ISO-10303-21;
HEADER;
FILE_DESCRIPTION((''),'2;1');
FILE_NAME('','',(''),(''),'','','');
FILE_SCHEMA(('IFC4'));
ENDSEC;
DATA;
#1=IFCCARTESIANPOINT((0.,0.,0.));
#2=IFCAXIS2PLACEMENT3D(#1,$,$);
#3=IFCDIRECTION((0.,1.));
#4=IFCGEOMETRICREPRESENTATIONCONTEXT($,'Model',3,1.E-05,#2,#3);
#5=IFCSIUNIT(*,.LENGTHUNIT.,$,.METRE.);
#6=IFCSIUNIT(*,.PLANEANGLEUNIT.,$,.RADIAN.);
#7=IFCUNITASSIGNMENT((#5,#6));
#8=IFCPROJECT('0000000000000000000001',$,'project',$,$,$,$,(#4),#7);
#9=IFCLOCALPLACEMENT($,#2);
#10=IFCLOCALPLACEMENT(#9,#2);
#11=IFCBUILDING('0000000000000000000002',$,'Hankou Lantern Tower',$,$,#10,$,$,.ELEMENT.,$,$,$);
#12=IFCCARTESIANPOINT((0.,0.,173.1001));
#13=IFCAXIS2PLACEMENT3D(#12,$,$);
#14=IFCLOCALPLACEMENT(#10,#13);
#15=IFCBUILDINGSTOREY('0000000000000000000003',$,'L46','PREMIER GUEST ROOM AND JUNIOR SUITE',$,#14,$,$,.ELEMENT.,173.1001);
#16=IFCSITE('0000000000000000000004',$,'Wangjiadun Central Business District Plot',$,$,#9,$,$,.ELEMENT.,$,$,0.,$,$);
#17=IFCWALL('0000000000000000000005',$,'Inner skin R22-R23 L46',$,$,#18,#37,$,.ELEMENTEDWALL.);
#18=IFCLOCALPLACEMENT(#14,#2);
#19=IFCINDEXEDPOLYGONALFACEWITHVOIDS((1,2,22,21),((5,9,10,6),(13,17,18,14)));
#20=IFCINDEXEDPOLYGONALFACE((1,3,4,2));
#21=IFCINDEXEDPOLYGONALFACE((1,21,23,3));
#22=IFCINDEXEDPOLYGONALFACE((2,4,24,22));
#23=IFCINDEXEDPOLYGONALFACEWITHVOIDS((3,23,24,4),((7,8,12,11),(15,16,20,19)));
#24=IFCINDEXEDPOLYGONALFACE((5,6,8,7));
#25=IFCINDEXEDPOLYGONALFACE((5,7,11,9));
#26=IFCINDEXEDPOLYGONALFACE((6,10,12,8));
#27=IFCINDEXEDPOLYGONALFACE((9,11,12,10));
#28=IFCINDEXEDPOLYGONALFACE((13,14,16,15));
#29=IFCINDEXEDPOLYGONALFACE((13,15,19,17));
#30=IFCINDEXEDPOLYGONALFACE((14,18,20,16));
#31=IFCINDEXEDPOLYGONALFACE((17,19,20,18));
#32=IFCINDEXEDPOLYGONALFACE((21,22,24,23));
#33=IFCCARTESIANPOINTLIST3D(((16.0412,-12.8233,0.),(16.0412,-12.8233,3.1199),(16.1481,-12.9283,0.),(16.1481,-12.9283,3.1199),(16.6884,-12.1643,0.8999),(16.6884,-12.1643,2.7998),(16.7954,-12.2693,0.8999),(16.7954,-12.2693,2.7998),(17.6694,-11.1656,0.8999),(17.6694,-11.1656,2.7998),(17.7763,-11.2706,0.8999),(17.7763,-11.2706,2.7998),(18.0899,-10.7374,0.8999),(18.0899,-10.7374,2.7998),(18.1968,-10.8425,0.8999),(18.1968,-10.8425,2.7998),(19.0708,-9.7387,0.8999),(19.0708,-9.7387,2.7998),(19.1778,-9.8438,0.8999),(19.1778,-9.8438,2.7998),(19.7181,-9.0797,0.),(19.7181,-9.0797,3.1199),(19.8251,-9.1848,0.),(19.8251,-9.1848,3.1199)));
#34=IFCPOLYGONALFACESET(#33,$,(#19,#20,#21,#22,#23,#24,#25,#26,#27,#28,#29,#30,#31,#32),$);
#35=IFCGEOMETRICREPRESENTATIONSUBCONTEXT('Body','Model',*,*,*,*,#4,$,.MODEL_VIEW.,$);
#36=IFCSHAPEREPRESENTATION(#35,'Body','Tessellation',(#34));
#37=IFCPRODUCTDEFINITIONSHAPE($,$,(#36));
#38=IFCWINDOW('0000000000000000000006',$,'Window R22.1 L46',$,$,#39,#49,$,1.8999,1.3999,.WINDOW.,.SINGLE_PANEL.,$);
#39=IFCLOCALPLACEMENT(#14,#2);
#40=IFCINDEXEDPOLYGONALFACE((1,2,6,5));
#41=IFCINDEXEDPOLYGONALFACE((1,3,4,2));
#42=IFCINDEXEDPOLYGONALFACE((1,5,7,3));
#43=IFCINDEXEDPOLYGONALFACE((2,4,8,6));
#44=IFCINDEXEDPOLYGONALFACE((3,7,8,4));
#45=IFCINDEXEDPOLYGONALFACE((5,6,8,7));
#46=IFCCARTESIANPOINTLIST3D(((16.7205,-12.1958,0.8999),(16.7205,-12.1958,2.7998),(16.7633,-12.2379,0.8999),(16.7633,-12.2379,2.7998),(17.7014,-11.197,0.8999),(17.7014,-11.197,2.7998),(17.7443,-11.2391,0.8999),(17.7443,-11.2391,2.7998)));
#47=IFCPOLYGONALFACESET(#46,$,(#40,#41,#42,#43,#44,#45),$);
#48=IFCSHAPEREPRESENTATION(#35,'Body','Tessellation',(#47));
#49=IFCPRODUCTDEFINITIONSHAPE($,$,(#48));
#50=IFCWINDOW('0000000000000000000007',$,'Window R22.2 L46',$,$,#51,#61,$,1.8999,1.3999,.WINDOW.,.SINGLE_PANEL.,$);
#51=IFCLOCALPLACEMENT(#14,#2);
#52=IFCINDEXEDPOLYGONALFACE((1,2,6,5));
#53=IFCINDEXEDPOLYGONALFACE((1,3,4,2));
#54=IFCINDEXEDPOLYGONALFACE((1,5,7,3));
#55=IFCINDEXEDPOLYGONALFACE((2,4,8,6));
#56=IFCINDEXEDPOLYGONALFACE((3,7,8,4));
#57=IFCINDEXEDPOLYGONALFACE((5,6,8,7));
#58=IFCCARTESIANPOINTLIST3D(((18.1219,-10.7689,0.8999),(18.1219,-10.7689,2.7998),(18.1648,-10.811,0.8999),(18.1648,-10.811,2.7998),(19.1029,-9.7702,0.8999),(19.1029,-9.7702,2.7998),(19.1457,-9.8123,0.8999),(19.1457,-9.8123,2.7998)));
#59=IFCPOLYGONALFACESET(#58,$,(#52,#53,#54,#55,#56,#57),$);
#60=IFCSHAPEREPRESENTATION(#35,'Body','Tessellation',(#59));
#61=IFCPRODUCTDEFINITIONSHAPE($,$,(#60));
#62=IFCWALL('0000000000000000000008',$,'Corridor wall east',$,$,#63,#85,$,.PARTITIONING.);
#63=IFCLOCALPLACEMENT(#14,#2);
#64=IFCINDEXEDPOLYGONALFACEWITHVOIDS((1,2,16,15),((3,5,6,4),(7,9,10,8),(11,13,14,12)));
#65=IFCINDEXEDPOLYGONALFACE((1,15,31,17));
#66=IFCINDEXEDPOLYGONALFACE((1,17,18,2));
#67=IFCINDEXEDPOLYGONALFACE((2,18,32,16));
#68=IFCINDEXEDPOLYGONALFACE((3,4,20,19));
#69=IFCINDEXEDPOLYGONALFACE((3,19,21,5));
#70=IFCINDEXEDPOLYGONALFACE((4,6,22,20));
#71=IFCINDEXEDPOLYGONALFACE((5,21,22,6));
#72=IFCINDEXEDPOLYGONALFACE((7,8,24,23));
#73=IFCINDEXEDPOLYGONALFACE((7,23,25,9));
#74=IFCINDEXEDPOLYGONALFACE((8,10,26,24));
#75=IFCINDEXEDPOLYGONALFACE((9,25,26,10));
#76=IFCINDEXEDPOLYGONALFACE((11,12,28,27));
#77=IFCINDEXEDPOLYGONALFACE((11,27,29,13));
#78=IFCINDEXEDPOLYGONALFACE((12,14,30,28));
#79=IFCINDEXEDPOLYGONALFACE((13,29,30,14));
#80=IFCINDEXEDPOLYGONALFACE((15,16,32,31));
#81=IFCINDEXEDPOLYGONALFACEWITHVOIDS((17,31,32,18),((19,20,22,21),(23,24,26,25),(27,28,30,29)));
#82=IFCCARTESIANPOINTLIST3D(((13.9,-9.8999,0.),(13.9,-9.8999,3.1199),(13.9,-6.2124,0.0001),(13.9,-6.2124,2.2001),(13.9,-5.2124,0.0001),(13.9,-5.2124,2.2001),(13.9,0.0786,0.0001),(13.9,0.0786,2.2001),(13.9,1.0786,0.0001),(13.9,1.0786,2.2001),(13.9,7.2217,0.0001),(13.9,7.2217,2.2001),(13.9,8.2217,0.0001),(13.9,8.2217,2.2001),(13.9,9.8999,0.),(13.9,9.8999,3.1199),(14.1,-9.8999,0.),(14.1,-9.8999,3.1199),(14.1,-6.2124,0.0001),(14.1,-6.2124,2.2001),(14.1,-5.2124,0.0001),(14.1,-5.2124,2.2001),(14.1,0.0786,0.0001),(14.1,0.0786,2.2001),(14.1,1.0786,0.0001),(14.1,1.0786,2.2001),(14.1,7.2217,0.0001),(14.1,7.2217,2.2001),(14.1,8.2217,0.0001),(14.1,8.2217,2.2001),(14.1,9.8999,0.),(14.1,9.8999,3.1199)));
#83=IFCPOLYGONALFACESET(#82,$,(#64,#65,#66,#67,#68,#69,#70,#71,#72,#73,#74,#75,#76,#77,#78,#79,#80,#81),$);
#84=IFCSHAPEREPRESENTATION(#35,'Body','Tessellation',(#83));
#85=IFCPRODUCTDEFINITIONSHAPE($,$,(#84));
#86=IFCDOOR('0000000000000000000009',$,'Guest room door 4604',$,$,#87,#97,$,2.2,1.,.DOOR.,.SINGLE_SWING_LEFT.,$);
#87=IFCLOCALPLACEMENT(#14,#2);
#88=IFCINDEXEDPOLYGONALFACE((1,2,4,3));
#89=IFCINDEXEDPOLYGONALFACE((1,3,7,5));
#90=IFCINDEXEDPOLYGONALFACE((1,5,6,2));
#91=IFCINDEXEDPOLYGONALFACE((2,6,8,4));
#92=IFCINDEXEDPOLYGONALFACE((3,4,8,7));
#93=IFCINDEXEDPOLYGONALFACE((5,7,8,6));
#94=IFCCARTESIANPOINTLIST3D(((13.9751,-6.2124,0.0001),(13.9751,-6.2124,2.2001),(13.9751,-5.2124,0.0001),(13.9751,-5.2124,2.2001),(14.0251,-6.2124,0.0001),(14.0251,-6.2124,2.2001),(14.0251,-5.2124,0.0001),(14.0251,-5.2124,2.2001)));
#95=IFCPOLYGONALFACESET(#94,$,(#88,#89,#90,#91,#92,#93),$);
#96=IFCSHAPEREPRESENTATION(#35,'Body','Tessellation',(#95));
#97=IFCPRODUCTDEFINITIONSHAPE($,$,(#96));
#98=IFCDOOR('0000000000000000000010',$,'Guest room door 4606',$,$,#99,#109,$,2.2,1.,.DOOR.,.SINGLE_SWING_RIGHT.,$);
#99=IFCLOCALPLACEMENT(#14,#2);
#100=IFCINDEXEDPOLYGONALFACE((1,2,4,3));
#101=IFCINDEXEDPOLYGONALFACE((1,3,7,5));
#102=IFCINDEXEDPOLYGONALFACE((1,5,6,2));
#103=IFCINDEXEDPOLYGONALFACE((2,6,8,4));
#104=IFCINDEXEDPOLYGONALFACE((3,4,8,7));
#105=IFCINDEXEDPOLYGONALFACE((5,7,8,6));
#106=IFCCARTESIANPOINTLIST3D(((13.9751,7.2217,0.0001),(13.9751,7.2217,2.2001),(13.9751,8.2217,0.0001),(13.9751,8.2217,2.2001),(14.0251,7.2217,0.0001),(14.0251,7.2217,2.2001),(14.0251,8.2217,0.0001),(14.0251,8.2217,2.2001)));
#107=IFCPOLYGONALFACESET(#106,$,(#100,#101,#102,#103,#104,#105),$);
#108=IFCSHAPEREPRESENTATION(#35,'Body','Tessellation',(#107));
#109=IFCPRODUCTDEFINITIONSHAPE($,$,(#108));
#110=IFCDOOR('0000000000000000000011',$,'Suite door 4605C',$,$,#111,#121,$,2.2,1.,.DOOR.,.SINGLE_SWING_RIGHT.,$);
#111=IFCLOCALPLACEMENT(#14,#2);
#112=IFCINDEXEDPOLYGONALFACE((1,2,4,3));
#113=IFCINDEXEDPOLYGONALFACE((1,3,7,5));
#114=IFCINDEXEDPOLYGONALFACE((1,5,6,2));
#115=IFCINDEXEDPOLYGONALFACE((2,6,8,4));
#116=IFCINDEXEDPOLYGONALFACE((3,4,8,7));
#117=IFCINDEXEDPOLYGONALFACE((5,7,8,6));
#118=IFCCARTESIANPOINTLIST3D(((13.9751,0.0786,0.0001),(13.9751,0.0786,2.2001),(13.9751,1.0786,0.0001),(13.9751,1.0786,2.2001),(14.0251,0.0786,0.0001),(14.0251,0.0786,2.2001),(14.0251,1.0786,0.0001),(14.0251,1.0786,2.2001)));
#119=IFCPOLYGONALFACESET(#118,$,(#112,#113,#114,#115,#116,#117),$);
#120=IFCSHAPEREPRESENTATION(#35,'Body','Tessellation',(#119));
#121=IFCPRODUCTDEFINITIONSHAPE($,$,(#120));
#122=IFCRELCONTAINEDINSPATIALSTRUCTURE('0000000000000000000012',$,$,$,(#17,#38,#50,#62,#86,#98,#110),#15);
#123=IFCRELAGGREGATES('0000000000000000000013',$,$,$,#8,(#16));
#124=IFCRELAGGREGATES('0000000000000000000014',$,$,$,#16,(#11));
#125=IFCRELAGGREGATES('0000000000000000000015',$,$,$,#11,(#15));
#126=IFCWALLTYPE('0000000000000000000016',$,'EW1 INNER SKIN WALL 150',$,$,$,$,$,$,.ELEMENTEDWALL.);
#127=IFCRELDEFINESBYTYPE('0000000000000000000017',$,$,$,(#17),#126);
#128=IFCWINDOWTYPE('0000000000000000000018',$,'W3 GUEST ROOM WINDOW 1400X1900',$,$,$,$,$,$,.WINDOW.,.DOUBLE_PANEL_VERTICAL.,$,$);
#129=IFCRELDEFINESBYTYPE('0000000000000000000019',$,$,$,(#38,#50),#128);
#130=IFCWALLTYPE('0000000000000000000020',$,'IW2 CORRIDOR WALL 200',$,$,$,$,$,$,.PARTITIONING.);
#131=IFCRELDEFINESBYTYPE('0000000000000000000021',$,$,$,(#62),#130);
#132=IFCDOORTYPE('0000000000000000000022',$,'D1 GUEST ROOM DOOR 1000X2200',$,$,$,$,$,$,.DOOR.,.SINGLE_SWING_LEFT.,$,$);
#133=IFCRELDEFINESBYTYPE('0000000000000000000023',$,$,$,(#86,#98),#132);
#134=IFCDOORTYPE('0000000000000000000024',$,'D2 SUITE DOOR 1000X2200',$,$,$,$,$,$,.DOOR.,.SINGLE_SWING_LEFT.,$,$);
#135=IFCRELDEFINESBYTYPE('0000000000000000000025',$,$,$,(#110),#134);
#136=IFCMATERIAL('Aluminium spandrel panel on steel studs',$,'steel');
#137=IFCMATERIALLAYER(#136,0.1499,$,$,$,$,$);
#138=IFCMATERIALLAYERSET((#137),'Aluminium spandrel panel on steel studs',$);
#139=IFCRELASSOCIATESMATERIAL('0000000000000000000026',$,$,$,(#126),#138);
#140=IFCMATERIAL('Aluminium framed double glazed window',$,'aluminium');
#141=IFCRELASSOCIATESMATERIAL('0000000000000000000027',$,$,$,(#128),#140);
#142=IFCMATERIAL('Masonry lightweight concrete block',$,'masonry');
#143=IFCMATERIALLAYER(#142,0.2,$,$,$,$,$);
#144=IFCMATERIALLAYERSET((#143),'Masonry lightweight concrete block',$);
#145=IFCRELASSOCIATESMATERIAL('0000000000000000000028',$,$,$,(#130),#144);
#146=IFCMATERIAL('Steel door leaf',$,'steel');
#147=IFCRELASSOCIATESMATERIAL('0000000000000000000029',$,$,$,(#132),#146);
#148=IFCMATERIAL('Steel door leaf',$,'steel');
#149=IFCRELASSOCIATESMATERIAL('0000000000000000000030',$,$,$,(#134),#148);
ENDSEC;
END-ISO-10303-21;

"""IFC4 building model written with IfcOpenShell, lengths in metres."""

from ifc_helpers import new_model, si_unit, direction, frame, frame_2d, origin, place, context, subcontext, project, spatial, rectangle, extrude, material, layer, layer_set, type_object, element, fill, save


model = new_model("IFC4")

# Units and contexts
model_context = context("Model", 3, precision=1e-05, world=origin(), true_north=direction((0.0, 1.0)))
body_context = subcontext(model_context, "Body", "Model", "MODEL_VIEW")
ifc_project = project(units=[si_unit("LENGTHUNIT", "METRE"), si_unit("PLANEANGLEUNIT", "RADIAN")], contexts=[model_context])

# Site, building, storey
site_placement = place(None, origin())
site = spatial("IfcSite", under=ifc_project, at=site_placement, Name="Wangjiadun Central Business District Plot", CompositionType="ELEMENT", RefElevation=0.0)
building_placement = place(site_placement, origin())
building = spatial("IfcBuilding", under=site, at=building_placement, Name="Hankou Lantern Tower", CompositionType="ELEMENT")
storey_placement = place(building_placement, frame((0.0, 0.0, 173.1001)))
storey = spatial("IfcBuildingStorey", under=building, at=storey_placement, Name="L46", Description="PREMIER GUEST ROOM AND JUNIOR SUITE", CompositionType="ELEMENT", Elevation=173.1001)

# Wall, openings, windows
ifc_material_1 = material(Name="Aluminium spandrel panel on steel studs", Category="steel")
ifc_layer_1 = layer(ifc_material_1, 0.1499)
ifc_layer_set_1 = layer_set([ifc_layer_1], Name="Aluminium spandrel panel on steel studs")
wall_type_1 = type_object("IfcWallType", Name="EW1 INNER SKIN WALL 150", PredefinedType="ELEMENTEDWALL", material=ifc_layer_set_1)
wall_1_placement = place(storey_placement, frame((16.0947, -12.8757, 0.0), z_axis=(0.0, 0.0, 1.0), x_axis=(0.700727, 0.713429, 0.0)))
wall_1 = element("IfcWall", 1, at=wall_1_placement, inside=storey, type_object=wall_type_1, Name="Inner skin R22-R23 L46", PredefinedType="ELEMENTEDWALL", context=body_context, shape_type="SweptSolid", body=[
    extrude(rectangle(XDim=5.2473, YDim=0.1499, at=frame_2d((2.6235, 0.0))), origin(), (0.0, 0.0, 1.0), 3.1199),
])
opening_1_placement = place(wall_1_placement, frame((0.9236, 0.0, 0.8999)))
opening_1 = element("IfcOpeningElement", 2, at=opening_1_placement, cuts=wall_1, PredefinedType="OPENING", context=body_context, shape_type="SweptSolid", body=[
    extrude(rectangle(XDim=1.3999, YDim=1.8999, at=frame_2d((0.7, 0.95))), frame((0.0, 0.085, 0.0), z_axis=(0.0, -1.0, 0.0), x_axis=(1.0, 0.0, 0.0)), (0.0, 0.0, 1.0), 0.1699),
])
opening_2_placement = place(wall_1_placement, frame((2.9236, 0.0, 0.8999)))
opening_2 = element("IfcOpeningElement", 3, at=opening_2_placement, cuts=wall_1, PredefinedType="OPENING", context=body_context, shape_type="SweptSolid", body=[
    extrude(rectangle(XDim=1.3999, YDim=1.8999, at=frame_2d((0.7, 0.95))), frame((0.0, 0.085, 0.0), z_axis=(0.0, -1.0, 0.0), x_axis=(1.0, 0.0, 0.0)), (0.0, 0.0, 1.0), 0.1699),
])
ifc_material_2 = material(Name="Aluminium framed double glazed window", Category="aluminium")
window_type = type_object("IfcWindowType", Name="W3 GUEST ROOM WINDOW 1400X1900", PartitioningType="DOUBLE_PANEL_VERTICAL", PredefinedType="WINDOW", material=ifc_material_2)
window_1_placement = place(opening_1_placement, origin())
window_1 = element("IfcWindow", 4, at=window_1_placement, inside=storey, type_object=window_type, Name="Window R22.1 L46", OverallHeight=1.8999, OverallWidth=1.3999, PartitioningType="SINGLE_PANEL", PredefinedType="WINDOW", context=body_context, shape_type="SweptSolid", body=[
    extrude(rectangle(XDim=1.3999, YDim=1.8999, at=frame_2d((0.7, 0.95))), frame((0.0, 0.03, 0.0), z_axis=(0.0, -1.0, 0.0), x_axis=(1.0, 0.0, 0.0)), (0.0, 0.0, 1.0), 0.0601),
])
fill(opening_1, window_1)
window_2_placement = place(opening_2_placement, origin())
window_2 = element("IfcWindow", 5, at=window_2_placement, inside=storey, type_object=window_type, Name="Window R22.2 L46", OverallHeight=1.8999, OverallWidth=1.3999, PartitioningType="SINGLE_PANEL", PredefinedType="WINDOW", context=body_context, shape_type="SweptSolid", body=[
    extrude(rectangle(XDim=1.3999, YDim=1.8999, at=frame_2d((0.7, 0.95))), frame((0.0, 0.03, 0.0), z_axis=(0.0, -1.0, 0.0), x_axis=(1.0, 0.0, 0.0)), (0.0, 0.0, 1.0), 0.0601),
])
fill(opening_2, window_2)

# Wall, openings, doors
ifc_material_3 = material(Name="Masonry lightweight concrete block", Category="masonry")
ifc_layer_2 = layer(ifc_material_3, 0.2)
ifc_layer_set_2 = layer_set([ifc_layer_2], Name="Masonry lightweight concrete block")
wall_type_2 = type_object("IfcWallType", Name="IW2 CORRIDOR WALL 200", PredefinedType="PARTITIONING", material=ifc_layer_set_2)
wall_2_placement = place(storey_placement, frame((14.0, -9.8999, 0.0), z_axis=(0.0, 0.0, 1.0), x_axis=(0.0, 1.0, 0.0)))
wall_2 = element("IfcWall", 6, at=wall_2_placement, inside=storey, type_object=wall_type_2, Name="Corridor wall east", PredefinedType="PARTITIONING", context=body_context, shape_type="SweptSolid", body=[
    extrude(rectangle(XDim=19.7998, YDim=0.2, at=frame_2d((9.8999, 0.0))), origin(), (0.0, 0.0, 1.0), 3.1199),
])
opening_3_placement = place(wall_2_placement, frame((3.6875, 0.0, 0.0)))
opening_3 = element("IfcOpeningElement", 7, at=opening_3_placement, cuts=wall_2, PredefinedType="OPENING", context=body_context, shape_type="SweptSolid", body=[
    extrude(rectangle(XDim=1.0, YDim=2.2, at=frame_2d((0.5, 1.1001))), frame((0.0, 0.1099, 0.0), z_axis=(0.0, -1.0, 0.0), x_axis=(1.0, 0.0, 0.0)), (0.0, 0.0, 1.0), 0.22),
])
opening_4_placement = place(wall_2_placement, frame((9.9785, 0.0, 0.0)))
opening_4 = element("IfcOpeningElement", 8, at=opening_4_placement, cuts=wall_2, PredefinedType="OPENING", context=body_context, shape_type="SweptSolid", body=[
    extrude(rectangle(XDim=1.0, YDim=2.2, at=frame_2d((0.5, 1.1001))), frame((0.0, 0.1099, 0.0), z_axis=(0.0, -1.0, 0.0), x_axis=(1.0, 0.0, 0.0)), (0.0, 0.0, 1.0), 0.22),
])
opening_5_placement = place(wall_2_placement, frame((17.1216, 0.0, 0.0)))
opening_5 = element("IfcOpeningElement", 9, at=opening_5_placement, cuts=wall_2, PredefinedType="OPENING", context=body_context, shape_type="SweptSolid", body=[
    extrude(rectangle(XDim=1.0, YDim=2.2, at=frame_2d((0.5, 1.1001))), frame((0.0, 0.1099, 0.0), z_axis=(0.0, -1.0, 0.0), x_axis=(1.0, 0.0, 0.0)), (0.0, 0.0, 1.0), 0.22),
])
ifc_material_4 = material(Name="Steel door leaf", Category="steel")
door_type_1 = type_object("IfcDoorType", Name="D1 GUEST ROOM DOOR 1000X2200", OperationType="SINGLE_SWING_LEFT", PredefinedType="DOOR", material=ifc_material_4)
door_1_placement = place(opening_3_placement, origin())
door_1 = element("IfcDoor", 10, at=door_1_placement, inside=storey, type_object=door_type_1, Name="Guest room door 4604", OperationType="SINGLE_SWING_LEFT", OverallHeight=2.2, OverallWidth=1.0, PredefinedType="DOOR", context=body_context, shape_type="SweptSolid", body=[
    extrude(rectangle(XDim=1.0, YDim=2.2, at=frame_2d((0.5, 1.1001))), frame((0.0, 0.0249, 0.0), z_axis=(0.0, -1.0, 0.0), x_axis=(1.0, 0.0, 0.0)), (0.0, 0.0, 1.0), 0.05),
])
fill(opening_3, door_1)
door_2_placement = place(opening_5_placement, origin())
door_2 = element("IfcDoor", 11, at=door_2_placement, inside=storey, type_object=door_type_1, Name="Guest room door 4606", OperationType="SINGLE_SWING_RIGHT", OverallHeight=2.2, OverallWidth=1.0, PredefinedType="DOOR", context=body_context, shape_type="SweptSolid", body=[
    extrude(rectangle(XDim=1.0, YDim=2.2, at=frame_2d((0.5, 1.1001))), frame((0.0, 0.0249, 0.0), z_axis=(0.0, -1.0, 0.0), x_axis=(1.0, 0.0, 0.0)), (0.0, 0.0, 1.0), 0.05),
])
fill(opening_5, door_2)
ifc_material_5 = material(Name="Steel door leaf", Category="steel")
door_type_2 = type_object("IfcDoorType", Name="D2 SUITE DOOR 1000X2200", OperationType="SINGLE_SWING_LEFT", PredefinedType="DOOR", material=ifc_material_5)
door_3_placement = place(opening_4_placement, origin())
door_3 = element("IfcDoor", 12, at=door_3_placement, inside=storey, type_object=door_type_2, Name="Suite door 4605C", OperationType="SINGLE_SWING_RIGHT", OverallHeight=2.2, OverallWidth=1.0, PredefinedType="DOOR", context=body_context, shape_type="SweptSolid", body=[
    extrude(rectangle(XDim=1.0, YDim=2.2, at=frame_2d((0.5, 1.1001))), frame((0.0, 0.0249, 0.0), z_axis=(0.0, -1.0, 0.0), x_axis=(1.0, 0.0, 0.0)), (0.0, 0.0, 1.0), 0.05),
])
fill(opening_4, door_3)

save(model, "model.ifc")
